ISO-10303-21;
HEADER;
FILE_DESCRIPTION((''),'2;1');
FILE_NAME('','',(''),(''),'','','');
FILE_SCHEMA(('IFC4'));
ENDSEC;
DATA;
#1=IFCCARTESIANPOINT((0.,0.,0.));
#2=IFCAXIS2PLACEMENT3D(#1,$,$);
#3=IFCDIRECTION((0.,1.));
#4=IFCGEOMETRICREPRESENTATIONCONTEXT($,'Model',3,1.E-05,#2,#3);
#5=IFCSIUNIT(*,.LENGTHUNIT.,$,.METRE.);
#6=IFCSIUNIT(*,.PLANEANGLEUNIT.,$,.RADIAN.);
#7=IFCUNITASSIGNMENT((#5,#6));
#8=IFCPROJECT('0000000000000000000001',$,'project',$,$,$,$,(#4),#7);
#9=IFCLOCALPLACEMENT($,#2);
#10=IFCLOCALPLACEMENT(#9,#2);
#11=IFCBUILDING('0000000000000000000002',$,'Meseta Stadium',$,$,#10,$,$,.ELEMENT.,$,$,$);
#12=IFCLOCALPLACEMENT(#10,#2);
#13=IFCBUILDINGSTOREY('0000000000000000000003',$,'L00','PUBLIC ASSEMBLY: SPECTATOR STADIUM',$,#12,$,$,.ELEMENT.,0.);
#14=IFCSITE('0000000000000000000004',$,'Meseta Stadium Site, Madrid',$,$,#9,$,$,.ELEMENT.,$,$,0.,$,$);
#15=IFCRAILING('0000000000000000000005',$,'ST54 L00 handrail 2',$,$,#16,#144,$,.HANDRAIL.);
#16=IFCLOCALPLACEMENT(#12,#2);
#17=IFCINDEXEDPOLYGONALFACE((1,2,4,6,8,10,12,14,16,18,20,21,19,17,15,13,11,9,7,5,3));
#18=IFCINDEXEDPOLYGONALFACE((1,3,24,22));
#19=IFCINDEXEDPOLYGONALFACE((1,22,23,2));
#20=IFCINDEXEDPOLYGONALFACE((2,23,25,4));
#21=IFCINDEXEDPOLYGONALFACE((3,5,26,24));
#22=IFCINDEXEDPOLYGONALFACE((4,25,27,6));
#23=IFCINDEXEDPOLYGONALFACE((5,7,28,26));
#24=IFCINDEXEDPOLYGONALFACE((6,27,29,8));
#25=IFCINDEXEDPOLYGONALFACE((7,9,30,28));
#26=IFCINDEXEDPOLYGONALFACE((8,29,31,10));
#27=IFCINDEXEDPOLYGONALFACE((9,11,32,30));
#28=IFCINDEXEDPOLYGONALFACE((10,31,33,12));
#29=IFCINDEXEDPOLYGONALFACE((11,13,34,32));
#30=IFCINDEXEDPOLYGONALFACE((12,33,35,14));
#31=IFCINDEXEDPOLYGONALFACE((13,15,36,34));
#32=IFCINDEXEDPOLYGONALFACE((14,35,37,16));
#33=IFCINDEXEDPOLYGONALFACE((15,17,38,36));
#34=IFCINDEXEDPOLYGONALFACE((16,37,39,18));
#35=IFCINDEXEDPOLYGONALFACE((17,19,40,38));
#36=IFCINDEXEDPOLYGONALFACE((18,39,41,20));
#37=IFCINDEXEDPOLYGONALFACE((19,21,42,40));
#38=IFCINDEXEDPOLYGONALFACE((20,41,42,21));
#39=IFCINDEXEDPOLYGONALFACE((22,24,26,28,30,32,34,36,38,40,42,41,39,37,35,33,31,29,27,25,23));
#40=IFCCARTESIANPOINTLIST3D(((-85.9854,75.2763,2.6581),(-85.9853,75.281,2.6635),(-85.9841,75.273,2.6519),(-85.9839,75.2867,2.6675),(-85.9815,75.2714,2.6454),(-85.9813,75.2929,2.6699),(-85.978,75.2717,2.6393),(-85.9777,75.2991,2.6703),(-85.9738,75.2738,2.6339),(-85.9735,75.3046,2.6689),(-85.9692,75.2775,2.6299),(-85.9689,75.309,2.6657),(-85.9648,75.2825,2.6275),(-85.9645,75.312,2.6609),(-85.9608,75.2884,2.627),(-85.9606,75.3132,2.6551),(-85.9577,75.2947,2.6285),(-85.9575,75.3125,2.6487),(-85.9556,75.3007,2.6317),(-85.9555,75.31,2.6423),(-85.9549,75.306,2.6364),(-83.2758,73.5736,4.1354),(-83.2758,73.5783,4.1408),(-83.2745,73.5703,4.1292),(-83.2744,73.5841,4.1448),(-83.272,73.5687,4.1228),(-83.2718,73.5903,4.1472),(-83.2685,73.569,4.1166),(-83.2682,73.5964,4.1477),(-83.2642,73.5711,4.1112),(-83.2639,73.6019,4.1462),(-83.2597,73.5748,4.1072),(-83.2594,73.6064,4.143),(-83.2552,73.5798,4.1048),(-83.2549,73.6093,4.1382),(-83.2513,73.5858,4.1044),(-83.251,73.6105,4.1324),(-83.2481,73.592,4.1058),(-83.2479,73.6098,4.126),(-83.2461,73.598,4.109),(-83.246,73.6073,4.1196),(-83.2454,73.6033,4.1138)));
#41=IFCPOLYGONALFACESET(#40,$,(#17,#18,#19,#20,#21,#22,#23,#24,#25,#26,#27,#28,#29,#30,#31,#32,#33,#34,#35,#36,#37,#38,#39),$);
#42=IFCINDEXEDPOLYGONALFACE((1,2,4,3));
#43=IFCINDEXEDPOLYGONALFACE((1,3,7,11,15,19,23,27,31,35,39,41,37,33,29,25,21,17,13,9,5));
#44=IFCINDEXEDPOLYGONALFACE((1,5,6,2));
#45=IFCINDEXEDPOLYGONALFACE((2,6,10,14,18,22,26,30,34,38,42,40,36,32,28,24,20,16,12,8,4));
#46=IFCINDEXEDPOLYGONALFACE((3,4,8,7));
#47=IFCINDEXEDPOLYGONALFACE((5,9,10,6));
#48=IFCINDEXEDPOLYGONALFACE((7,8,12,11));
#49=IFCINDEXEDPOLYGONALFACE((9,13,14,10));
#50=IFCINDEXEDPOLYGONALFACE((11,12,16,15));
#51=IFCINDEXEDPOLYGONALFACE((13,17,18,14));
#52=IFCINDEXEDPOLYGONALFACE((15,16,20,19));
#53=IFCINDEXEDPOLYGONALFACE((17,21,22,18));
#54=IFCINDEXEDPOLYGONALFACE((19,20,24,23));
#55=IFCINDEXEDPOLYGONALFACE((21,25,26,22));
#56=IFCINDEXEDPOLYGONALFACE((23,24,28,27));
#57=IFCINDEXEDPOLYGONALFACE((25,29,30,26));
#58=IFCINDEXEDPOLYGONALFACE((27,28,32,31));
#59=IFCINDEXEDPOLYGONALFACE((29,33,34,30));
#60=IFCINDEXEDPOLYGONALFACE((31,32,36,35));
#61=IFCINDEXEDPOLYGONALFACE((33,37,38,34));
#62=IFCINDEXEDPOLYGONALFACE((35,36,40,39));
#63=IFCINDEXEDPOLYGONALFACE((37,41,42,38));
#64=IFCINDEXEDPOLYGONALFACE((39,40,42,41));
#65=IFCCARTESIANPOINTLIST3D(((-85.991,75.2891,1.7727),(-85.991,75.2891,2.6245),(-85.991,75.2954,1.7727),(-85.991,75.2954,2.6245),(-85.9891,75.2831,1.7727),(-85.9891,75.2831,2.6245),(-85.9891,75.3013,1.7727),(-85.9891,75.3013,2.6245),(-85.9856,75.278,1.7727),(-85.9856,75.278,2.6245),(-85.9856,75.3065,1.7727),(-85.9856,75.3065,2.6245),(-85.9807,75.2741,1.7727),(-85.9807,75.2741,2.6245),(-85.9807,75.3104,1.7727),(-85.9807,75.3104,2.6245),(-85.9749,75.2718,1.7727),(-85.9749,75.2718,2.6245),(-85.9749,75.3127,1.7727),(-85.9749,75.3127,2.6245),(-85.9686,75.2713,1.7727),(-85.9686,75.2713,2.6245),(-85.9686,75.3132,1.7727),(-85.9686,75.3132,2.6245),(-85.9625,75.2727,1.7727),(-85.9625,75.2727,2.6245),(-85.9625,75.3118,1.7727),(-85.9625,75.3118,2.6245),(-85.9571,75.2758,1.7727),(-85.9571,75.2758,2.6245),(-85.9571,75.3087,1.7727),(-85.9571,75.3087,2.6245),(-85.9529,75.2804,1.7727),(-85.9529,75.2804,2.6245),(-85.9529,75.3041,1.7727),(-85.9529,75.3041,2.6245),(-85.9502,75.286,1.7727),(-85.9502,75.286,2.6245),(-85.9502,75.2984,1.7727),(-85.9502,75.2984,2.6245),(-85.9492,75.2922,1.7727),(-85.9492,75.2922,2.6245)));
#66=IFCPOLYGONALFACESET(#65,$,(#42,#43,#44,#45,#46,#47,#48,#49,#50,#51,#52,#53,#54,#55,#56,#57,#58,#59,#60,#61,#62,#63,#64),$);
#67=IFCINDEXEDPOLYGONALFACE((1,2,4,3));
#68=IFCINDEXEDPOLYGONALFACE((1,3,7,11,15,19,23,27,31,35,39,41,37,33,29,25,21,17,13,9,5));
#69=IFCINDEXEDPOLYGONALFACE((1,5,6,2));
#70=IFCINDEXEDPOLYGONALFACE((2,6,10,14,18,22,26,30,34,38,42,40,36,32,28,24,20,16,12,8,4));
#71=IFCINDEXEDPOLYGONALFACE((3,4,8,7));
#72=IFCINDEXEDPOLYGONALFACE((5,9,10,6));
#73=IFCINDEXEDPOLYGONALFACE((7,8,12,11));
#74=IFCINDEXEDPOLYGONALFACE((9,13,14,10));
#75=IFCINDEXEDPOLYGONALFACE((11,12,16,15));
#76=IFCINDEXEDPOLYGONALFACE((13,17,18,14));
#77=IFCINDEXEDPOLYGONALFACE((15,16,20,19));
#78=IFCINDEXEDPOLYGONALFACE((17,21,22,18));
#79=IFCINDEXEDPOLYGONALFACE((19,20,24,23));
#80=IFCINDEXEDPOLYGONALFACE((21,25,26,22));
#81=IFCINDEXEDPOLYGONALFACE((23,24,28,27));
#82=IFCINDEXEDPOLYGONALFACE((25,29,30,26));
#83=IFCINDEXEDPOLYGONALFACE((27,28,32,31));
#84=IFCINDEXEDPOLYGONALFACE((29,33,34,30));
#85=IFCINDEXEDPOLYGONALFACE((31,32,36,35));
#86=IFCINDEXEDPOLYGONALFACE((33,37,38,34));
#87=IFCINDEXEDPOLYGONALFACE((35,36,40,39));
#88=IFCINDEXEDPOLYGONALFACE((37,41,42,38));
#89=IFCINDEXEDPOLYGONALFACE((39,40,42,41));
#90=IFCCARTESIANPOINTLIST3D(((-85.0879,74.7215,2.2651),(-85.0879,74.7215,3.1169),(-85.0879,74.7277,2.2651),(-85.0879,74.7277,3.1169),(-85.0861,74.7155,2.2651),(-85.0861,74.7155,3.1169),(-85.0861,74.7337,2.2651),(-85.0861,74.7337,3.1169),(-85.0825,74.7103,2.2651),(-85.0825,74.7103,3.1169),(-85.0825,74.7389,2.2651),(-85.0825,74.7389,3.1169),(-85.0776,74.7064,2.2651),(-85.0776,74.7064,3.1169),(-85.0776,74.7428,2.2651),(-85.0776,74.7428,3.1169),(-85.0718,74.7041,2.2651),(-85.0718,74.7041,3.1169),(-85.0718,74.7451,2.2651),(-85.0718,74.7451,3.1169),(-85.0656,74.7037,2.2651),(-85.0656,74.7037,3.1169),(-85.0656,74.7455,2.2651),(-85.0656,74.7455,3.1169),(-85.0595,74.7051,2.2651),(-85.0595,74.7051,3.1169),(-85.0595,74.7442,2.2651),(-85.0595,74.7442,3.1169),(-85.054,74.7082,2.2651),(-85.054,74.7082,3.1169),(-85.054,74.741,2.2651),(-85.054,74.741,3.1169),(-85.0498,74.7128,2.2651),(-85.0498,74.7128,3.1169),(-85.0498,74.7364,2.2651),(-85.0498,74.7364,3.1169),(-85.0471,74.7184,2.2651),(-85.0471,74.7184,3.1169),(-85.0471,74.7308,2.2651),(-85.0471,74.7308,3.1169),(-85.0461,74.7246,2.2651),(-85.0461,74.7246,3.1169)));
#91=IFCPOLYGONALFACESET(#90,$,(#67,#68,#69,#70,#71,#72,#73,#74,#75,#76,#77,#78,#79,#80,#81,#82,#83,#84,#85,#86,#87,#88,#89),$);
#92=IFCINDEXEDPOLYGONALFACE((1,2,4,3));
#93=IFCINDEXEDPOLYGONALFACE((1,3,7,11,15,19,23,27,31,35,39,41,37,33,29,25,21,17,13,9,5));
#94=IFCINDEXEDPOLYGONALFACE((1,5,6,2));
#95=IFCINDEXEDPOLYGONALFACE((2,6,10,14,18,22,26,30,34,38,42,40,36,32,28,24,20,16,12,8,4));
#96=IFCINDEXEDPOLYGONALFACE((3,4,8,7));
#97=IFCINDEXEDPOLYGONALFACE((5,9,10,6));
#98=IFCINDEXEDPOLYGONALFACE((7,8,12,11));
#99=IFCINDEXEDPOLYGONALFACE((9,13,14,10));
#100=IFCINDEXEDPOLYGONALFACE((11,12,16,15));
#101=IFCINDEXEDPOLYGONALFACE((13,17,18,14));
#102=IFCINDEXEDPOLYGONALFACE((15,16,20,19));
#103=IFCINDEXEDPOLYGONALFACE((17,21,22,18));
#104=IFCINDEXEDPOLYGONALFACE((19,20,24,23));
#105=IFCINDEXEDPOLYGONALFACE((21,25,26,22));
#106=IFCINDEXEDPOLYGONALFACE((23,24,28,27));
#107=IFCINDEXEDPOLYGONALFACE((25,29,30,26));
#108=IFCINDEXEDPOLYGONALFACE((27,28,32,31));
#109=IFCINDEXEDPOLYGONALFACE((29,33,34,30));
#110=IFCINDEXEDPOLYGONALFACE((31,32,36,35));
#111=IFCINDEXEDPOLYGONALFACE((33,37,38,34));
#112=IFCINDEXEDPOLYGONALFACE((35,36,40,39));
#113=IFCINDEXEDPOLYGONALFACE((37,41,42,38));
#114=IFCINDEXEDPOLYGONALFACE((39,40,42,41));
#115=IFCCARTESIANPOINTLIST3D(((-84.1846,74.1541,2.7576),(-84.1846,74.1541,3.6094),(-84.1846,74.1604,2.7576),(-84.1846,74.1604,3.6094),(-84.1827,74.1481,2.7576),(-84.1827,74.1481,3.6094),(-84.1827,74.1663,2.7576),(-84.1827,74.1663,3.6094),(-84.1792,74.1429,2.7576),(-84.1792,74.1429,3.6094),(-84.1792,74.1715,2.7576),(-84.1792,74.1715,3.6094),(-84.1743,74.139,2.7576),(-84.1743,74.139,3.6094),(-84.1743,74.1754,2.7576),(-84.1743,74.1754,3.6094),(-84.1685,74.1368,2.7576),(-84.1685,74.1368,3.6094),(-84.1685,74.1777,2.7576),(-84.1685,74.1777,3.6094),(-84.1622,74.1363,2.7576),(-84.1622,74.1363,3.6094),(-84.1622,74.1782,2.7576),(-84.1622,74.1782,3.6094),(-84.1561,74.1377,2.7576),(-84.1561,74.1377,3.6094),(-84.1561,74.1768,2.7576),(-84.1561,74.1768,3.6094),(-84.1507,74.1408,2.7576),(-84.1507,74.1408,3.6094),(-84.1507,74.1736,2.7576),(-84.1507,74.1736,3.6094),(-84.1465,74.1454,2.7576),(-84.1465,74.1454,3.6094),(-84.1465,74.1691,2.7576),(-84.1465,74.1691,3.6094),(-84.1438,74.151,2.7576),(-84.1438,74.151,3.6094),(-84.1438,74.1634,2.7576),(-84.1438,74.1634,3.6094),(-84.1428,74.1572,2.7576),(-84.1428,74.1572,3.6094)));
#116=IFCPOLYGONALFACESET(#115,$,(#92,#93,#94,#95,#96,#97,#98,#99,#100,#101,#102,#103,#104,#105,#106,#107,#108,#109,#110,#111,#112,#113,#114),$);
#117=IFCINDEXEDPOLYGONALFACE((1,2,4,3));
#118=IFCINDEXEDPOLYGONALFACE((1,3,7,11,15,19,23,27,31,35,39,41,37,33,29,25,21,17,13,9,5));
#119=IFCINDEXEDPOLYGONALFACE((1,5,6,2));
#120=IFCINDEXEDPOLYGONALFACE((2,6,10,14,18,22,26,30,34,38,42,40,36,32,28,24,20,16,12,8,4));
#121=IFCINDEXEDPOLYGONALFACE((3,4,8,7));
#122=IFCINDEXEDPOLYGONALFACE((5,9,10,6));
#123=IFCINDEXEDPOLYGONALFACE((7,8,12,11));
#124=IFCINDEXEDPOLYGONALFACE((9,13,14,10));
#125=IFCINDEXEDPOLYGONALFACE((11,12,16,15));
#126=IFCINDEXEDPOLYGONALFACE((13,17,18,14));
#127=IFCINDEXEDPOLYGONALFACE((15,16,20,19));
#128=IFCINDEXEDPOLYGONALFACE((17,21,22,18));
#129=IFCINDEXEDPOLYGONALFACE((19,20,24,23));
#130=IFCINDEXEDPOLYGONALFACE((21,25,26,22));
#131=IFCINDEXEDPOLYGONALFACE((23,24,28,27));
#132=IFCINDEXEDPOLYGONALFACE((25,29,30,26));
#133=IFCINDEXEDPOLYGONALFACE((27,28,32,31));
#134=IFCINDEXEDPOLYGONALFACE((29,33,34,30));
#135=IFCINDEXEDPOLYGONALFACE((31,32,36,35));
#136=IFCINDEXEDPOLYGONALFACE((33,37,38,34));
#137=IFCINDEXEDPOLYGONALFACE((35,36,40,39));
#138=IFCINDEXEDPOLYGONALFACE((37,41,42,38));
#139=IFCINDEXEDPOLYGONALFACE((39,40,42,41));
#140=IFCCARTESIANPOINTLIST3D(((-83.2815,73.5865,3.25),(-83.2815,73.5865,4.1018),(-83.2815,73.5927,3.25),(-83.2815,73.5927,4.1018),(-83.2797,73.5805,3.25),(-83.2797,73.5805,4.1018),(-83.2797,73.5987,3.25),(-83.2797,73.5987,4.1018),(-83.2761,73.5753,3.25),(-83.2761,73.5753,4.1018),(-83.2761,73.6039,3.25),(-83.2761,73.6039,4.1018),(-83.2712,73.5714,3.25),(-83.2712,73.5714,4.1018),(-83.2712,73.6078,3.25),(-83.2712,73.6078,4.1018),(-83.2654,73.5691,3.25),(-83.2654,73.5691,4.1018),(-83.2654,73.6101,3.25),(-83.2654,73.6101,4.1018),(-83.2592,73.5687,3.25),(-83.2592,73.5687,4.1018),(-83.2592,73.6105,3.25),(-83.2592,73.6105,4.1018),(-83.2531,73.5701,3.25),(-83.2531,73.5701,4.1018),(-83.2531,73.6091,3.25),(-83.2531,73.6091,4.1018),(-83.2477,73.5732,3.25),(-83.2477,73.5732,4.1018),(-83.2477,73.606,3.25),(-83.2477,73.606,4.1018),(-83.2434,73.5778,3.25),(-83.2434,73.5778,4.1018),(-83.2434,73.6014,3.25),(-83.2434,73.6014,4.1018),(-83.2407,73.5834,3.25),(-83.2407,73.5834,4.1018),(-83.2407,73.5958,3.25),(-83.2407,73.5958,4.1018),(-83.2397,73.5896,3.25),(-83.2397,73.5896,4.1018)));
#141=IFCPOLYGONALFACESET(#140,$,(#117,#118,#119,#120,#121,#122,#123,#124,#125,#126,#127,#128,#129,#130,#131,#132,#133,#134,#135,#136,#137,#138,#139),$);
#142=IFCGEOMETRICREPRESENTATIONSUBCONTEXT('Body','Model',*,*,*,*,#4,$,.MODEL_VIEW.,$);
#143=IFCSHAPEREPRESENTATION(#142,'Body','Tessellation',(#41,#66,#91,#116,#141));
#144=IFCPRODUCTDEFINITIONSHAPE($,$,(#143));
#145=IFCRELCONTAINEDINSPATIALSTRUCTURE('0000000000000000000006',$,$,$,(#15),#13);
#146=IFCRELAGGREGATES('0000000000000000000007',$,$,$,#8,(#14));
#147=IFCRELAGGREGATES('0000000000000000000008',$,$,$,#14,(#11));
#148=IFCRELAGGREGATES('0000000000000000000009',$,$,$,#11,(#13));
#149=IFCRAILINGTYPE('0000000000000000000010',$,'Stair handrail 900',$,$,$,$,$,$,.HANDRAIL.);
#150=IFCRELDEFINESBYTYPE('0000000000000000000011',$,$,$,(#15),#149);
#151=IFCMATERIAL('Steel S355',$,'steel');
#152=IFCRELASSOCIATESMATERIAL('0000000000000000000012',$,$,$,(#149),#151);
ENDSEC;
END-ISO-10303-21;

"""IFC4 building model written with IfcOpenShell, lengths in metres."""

from ifc_helpers import new_model, si_unit, direction, frame, origin, origin_2d, place, context, subcontext, project, spatial, circle, extrude, material, type_object, element, save


model = new_model("IFC4")

# Units and contexts
model_context = context("Model", 3, precision=1e-05, world=origin(), true_north=direction((0.0, 1.0)))
body_context = subcontext(model_context, "Body", "Model", "MODEL_VIEW")
ifc_project = project(units=[si_unit("LENGTHUNIT", "METRE"), si_unit("PLANEANGLEUNIT", "RADIAN")], contexts=[model_context])

# Site, building, storey
site_placement = place(None, origin())
site = spatial("IfcSite", under=ifc_project, at=site_placement, Name="Meseta Stadium Site, Madrid", CompositionType="ELEMENT", RefElevation=0.0)
building_placement = place(site_placement, origin())
building = spatial("IfcBuilding", under=site, at=building_placement, Name="Meseta Stadium", CompositionType="ELEMENT")
storey_placement = place(building_placement, origin())
storey = spatial("IfcBuildingStorey", under=building, at=storey_placement, Name="L00", Description="PUBLIC ASSEMBLY: SPECTATOR STADIUM", CompositionType="ELEMENT", Elevation=0.0)

# Railing
ifc_material_1 = material(Name="Steel S355", Category="steel")
railing_type_1 = type_object("IfcRailingType", Name="Stair handrail 900", PredefinedType="HANDRAIL", material=ifc_material_1)
for number, where, name in (
    (1, (-85.9702, 75.2922, 1.7727), "ST54 L00 handrail 2"),
):
    element("IfcRailing", number, at=place(storey_placement, frame(where)), inside=storey, type_object=railing_type_1, Name=name, PredefinedType="HANDRAIL", context=body_context, shape_type="SweptSolid", body=[
        extrude(circle(Radius=0.0239, at=origin_2d()), frame((0.0, 0.0, 0.876), z_axis=(0.768738, -0.483076, 0.419142), x_axis=(0.532068, 0.846701, 0.0)), (0.0, 0.0, 1.0), 3.5247),
        extrude(circle(Radius=0.021, at=origin_2d()), origin(), (0.0, 0.0, 1.0), 0.8518),
        extrude(circle(Radius=0.021, at=origin_2d()), frame((0.9031, -0.5676, 0.4924)), (0.0, 0.0, 1.0), 0.8518),
        extrude(circle(Radius=0.021, at=origin_2d()), frame((1.8064, -1.135, 0.9849)), (0.0, 0.0, 1.0), 0.8518),
        extrude(circle(Radius=0.021, at=origin_2d()), frame((2.7095, -1.7026, 1.4773)), (0.0, 0.0, 1.0), 0.8518),
    ])

save(model, "model.ifc")
